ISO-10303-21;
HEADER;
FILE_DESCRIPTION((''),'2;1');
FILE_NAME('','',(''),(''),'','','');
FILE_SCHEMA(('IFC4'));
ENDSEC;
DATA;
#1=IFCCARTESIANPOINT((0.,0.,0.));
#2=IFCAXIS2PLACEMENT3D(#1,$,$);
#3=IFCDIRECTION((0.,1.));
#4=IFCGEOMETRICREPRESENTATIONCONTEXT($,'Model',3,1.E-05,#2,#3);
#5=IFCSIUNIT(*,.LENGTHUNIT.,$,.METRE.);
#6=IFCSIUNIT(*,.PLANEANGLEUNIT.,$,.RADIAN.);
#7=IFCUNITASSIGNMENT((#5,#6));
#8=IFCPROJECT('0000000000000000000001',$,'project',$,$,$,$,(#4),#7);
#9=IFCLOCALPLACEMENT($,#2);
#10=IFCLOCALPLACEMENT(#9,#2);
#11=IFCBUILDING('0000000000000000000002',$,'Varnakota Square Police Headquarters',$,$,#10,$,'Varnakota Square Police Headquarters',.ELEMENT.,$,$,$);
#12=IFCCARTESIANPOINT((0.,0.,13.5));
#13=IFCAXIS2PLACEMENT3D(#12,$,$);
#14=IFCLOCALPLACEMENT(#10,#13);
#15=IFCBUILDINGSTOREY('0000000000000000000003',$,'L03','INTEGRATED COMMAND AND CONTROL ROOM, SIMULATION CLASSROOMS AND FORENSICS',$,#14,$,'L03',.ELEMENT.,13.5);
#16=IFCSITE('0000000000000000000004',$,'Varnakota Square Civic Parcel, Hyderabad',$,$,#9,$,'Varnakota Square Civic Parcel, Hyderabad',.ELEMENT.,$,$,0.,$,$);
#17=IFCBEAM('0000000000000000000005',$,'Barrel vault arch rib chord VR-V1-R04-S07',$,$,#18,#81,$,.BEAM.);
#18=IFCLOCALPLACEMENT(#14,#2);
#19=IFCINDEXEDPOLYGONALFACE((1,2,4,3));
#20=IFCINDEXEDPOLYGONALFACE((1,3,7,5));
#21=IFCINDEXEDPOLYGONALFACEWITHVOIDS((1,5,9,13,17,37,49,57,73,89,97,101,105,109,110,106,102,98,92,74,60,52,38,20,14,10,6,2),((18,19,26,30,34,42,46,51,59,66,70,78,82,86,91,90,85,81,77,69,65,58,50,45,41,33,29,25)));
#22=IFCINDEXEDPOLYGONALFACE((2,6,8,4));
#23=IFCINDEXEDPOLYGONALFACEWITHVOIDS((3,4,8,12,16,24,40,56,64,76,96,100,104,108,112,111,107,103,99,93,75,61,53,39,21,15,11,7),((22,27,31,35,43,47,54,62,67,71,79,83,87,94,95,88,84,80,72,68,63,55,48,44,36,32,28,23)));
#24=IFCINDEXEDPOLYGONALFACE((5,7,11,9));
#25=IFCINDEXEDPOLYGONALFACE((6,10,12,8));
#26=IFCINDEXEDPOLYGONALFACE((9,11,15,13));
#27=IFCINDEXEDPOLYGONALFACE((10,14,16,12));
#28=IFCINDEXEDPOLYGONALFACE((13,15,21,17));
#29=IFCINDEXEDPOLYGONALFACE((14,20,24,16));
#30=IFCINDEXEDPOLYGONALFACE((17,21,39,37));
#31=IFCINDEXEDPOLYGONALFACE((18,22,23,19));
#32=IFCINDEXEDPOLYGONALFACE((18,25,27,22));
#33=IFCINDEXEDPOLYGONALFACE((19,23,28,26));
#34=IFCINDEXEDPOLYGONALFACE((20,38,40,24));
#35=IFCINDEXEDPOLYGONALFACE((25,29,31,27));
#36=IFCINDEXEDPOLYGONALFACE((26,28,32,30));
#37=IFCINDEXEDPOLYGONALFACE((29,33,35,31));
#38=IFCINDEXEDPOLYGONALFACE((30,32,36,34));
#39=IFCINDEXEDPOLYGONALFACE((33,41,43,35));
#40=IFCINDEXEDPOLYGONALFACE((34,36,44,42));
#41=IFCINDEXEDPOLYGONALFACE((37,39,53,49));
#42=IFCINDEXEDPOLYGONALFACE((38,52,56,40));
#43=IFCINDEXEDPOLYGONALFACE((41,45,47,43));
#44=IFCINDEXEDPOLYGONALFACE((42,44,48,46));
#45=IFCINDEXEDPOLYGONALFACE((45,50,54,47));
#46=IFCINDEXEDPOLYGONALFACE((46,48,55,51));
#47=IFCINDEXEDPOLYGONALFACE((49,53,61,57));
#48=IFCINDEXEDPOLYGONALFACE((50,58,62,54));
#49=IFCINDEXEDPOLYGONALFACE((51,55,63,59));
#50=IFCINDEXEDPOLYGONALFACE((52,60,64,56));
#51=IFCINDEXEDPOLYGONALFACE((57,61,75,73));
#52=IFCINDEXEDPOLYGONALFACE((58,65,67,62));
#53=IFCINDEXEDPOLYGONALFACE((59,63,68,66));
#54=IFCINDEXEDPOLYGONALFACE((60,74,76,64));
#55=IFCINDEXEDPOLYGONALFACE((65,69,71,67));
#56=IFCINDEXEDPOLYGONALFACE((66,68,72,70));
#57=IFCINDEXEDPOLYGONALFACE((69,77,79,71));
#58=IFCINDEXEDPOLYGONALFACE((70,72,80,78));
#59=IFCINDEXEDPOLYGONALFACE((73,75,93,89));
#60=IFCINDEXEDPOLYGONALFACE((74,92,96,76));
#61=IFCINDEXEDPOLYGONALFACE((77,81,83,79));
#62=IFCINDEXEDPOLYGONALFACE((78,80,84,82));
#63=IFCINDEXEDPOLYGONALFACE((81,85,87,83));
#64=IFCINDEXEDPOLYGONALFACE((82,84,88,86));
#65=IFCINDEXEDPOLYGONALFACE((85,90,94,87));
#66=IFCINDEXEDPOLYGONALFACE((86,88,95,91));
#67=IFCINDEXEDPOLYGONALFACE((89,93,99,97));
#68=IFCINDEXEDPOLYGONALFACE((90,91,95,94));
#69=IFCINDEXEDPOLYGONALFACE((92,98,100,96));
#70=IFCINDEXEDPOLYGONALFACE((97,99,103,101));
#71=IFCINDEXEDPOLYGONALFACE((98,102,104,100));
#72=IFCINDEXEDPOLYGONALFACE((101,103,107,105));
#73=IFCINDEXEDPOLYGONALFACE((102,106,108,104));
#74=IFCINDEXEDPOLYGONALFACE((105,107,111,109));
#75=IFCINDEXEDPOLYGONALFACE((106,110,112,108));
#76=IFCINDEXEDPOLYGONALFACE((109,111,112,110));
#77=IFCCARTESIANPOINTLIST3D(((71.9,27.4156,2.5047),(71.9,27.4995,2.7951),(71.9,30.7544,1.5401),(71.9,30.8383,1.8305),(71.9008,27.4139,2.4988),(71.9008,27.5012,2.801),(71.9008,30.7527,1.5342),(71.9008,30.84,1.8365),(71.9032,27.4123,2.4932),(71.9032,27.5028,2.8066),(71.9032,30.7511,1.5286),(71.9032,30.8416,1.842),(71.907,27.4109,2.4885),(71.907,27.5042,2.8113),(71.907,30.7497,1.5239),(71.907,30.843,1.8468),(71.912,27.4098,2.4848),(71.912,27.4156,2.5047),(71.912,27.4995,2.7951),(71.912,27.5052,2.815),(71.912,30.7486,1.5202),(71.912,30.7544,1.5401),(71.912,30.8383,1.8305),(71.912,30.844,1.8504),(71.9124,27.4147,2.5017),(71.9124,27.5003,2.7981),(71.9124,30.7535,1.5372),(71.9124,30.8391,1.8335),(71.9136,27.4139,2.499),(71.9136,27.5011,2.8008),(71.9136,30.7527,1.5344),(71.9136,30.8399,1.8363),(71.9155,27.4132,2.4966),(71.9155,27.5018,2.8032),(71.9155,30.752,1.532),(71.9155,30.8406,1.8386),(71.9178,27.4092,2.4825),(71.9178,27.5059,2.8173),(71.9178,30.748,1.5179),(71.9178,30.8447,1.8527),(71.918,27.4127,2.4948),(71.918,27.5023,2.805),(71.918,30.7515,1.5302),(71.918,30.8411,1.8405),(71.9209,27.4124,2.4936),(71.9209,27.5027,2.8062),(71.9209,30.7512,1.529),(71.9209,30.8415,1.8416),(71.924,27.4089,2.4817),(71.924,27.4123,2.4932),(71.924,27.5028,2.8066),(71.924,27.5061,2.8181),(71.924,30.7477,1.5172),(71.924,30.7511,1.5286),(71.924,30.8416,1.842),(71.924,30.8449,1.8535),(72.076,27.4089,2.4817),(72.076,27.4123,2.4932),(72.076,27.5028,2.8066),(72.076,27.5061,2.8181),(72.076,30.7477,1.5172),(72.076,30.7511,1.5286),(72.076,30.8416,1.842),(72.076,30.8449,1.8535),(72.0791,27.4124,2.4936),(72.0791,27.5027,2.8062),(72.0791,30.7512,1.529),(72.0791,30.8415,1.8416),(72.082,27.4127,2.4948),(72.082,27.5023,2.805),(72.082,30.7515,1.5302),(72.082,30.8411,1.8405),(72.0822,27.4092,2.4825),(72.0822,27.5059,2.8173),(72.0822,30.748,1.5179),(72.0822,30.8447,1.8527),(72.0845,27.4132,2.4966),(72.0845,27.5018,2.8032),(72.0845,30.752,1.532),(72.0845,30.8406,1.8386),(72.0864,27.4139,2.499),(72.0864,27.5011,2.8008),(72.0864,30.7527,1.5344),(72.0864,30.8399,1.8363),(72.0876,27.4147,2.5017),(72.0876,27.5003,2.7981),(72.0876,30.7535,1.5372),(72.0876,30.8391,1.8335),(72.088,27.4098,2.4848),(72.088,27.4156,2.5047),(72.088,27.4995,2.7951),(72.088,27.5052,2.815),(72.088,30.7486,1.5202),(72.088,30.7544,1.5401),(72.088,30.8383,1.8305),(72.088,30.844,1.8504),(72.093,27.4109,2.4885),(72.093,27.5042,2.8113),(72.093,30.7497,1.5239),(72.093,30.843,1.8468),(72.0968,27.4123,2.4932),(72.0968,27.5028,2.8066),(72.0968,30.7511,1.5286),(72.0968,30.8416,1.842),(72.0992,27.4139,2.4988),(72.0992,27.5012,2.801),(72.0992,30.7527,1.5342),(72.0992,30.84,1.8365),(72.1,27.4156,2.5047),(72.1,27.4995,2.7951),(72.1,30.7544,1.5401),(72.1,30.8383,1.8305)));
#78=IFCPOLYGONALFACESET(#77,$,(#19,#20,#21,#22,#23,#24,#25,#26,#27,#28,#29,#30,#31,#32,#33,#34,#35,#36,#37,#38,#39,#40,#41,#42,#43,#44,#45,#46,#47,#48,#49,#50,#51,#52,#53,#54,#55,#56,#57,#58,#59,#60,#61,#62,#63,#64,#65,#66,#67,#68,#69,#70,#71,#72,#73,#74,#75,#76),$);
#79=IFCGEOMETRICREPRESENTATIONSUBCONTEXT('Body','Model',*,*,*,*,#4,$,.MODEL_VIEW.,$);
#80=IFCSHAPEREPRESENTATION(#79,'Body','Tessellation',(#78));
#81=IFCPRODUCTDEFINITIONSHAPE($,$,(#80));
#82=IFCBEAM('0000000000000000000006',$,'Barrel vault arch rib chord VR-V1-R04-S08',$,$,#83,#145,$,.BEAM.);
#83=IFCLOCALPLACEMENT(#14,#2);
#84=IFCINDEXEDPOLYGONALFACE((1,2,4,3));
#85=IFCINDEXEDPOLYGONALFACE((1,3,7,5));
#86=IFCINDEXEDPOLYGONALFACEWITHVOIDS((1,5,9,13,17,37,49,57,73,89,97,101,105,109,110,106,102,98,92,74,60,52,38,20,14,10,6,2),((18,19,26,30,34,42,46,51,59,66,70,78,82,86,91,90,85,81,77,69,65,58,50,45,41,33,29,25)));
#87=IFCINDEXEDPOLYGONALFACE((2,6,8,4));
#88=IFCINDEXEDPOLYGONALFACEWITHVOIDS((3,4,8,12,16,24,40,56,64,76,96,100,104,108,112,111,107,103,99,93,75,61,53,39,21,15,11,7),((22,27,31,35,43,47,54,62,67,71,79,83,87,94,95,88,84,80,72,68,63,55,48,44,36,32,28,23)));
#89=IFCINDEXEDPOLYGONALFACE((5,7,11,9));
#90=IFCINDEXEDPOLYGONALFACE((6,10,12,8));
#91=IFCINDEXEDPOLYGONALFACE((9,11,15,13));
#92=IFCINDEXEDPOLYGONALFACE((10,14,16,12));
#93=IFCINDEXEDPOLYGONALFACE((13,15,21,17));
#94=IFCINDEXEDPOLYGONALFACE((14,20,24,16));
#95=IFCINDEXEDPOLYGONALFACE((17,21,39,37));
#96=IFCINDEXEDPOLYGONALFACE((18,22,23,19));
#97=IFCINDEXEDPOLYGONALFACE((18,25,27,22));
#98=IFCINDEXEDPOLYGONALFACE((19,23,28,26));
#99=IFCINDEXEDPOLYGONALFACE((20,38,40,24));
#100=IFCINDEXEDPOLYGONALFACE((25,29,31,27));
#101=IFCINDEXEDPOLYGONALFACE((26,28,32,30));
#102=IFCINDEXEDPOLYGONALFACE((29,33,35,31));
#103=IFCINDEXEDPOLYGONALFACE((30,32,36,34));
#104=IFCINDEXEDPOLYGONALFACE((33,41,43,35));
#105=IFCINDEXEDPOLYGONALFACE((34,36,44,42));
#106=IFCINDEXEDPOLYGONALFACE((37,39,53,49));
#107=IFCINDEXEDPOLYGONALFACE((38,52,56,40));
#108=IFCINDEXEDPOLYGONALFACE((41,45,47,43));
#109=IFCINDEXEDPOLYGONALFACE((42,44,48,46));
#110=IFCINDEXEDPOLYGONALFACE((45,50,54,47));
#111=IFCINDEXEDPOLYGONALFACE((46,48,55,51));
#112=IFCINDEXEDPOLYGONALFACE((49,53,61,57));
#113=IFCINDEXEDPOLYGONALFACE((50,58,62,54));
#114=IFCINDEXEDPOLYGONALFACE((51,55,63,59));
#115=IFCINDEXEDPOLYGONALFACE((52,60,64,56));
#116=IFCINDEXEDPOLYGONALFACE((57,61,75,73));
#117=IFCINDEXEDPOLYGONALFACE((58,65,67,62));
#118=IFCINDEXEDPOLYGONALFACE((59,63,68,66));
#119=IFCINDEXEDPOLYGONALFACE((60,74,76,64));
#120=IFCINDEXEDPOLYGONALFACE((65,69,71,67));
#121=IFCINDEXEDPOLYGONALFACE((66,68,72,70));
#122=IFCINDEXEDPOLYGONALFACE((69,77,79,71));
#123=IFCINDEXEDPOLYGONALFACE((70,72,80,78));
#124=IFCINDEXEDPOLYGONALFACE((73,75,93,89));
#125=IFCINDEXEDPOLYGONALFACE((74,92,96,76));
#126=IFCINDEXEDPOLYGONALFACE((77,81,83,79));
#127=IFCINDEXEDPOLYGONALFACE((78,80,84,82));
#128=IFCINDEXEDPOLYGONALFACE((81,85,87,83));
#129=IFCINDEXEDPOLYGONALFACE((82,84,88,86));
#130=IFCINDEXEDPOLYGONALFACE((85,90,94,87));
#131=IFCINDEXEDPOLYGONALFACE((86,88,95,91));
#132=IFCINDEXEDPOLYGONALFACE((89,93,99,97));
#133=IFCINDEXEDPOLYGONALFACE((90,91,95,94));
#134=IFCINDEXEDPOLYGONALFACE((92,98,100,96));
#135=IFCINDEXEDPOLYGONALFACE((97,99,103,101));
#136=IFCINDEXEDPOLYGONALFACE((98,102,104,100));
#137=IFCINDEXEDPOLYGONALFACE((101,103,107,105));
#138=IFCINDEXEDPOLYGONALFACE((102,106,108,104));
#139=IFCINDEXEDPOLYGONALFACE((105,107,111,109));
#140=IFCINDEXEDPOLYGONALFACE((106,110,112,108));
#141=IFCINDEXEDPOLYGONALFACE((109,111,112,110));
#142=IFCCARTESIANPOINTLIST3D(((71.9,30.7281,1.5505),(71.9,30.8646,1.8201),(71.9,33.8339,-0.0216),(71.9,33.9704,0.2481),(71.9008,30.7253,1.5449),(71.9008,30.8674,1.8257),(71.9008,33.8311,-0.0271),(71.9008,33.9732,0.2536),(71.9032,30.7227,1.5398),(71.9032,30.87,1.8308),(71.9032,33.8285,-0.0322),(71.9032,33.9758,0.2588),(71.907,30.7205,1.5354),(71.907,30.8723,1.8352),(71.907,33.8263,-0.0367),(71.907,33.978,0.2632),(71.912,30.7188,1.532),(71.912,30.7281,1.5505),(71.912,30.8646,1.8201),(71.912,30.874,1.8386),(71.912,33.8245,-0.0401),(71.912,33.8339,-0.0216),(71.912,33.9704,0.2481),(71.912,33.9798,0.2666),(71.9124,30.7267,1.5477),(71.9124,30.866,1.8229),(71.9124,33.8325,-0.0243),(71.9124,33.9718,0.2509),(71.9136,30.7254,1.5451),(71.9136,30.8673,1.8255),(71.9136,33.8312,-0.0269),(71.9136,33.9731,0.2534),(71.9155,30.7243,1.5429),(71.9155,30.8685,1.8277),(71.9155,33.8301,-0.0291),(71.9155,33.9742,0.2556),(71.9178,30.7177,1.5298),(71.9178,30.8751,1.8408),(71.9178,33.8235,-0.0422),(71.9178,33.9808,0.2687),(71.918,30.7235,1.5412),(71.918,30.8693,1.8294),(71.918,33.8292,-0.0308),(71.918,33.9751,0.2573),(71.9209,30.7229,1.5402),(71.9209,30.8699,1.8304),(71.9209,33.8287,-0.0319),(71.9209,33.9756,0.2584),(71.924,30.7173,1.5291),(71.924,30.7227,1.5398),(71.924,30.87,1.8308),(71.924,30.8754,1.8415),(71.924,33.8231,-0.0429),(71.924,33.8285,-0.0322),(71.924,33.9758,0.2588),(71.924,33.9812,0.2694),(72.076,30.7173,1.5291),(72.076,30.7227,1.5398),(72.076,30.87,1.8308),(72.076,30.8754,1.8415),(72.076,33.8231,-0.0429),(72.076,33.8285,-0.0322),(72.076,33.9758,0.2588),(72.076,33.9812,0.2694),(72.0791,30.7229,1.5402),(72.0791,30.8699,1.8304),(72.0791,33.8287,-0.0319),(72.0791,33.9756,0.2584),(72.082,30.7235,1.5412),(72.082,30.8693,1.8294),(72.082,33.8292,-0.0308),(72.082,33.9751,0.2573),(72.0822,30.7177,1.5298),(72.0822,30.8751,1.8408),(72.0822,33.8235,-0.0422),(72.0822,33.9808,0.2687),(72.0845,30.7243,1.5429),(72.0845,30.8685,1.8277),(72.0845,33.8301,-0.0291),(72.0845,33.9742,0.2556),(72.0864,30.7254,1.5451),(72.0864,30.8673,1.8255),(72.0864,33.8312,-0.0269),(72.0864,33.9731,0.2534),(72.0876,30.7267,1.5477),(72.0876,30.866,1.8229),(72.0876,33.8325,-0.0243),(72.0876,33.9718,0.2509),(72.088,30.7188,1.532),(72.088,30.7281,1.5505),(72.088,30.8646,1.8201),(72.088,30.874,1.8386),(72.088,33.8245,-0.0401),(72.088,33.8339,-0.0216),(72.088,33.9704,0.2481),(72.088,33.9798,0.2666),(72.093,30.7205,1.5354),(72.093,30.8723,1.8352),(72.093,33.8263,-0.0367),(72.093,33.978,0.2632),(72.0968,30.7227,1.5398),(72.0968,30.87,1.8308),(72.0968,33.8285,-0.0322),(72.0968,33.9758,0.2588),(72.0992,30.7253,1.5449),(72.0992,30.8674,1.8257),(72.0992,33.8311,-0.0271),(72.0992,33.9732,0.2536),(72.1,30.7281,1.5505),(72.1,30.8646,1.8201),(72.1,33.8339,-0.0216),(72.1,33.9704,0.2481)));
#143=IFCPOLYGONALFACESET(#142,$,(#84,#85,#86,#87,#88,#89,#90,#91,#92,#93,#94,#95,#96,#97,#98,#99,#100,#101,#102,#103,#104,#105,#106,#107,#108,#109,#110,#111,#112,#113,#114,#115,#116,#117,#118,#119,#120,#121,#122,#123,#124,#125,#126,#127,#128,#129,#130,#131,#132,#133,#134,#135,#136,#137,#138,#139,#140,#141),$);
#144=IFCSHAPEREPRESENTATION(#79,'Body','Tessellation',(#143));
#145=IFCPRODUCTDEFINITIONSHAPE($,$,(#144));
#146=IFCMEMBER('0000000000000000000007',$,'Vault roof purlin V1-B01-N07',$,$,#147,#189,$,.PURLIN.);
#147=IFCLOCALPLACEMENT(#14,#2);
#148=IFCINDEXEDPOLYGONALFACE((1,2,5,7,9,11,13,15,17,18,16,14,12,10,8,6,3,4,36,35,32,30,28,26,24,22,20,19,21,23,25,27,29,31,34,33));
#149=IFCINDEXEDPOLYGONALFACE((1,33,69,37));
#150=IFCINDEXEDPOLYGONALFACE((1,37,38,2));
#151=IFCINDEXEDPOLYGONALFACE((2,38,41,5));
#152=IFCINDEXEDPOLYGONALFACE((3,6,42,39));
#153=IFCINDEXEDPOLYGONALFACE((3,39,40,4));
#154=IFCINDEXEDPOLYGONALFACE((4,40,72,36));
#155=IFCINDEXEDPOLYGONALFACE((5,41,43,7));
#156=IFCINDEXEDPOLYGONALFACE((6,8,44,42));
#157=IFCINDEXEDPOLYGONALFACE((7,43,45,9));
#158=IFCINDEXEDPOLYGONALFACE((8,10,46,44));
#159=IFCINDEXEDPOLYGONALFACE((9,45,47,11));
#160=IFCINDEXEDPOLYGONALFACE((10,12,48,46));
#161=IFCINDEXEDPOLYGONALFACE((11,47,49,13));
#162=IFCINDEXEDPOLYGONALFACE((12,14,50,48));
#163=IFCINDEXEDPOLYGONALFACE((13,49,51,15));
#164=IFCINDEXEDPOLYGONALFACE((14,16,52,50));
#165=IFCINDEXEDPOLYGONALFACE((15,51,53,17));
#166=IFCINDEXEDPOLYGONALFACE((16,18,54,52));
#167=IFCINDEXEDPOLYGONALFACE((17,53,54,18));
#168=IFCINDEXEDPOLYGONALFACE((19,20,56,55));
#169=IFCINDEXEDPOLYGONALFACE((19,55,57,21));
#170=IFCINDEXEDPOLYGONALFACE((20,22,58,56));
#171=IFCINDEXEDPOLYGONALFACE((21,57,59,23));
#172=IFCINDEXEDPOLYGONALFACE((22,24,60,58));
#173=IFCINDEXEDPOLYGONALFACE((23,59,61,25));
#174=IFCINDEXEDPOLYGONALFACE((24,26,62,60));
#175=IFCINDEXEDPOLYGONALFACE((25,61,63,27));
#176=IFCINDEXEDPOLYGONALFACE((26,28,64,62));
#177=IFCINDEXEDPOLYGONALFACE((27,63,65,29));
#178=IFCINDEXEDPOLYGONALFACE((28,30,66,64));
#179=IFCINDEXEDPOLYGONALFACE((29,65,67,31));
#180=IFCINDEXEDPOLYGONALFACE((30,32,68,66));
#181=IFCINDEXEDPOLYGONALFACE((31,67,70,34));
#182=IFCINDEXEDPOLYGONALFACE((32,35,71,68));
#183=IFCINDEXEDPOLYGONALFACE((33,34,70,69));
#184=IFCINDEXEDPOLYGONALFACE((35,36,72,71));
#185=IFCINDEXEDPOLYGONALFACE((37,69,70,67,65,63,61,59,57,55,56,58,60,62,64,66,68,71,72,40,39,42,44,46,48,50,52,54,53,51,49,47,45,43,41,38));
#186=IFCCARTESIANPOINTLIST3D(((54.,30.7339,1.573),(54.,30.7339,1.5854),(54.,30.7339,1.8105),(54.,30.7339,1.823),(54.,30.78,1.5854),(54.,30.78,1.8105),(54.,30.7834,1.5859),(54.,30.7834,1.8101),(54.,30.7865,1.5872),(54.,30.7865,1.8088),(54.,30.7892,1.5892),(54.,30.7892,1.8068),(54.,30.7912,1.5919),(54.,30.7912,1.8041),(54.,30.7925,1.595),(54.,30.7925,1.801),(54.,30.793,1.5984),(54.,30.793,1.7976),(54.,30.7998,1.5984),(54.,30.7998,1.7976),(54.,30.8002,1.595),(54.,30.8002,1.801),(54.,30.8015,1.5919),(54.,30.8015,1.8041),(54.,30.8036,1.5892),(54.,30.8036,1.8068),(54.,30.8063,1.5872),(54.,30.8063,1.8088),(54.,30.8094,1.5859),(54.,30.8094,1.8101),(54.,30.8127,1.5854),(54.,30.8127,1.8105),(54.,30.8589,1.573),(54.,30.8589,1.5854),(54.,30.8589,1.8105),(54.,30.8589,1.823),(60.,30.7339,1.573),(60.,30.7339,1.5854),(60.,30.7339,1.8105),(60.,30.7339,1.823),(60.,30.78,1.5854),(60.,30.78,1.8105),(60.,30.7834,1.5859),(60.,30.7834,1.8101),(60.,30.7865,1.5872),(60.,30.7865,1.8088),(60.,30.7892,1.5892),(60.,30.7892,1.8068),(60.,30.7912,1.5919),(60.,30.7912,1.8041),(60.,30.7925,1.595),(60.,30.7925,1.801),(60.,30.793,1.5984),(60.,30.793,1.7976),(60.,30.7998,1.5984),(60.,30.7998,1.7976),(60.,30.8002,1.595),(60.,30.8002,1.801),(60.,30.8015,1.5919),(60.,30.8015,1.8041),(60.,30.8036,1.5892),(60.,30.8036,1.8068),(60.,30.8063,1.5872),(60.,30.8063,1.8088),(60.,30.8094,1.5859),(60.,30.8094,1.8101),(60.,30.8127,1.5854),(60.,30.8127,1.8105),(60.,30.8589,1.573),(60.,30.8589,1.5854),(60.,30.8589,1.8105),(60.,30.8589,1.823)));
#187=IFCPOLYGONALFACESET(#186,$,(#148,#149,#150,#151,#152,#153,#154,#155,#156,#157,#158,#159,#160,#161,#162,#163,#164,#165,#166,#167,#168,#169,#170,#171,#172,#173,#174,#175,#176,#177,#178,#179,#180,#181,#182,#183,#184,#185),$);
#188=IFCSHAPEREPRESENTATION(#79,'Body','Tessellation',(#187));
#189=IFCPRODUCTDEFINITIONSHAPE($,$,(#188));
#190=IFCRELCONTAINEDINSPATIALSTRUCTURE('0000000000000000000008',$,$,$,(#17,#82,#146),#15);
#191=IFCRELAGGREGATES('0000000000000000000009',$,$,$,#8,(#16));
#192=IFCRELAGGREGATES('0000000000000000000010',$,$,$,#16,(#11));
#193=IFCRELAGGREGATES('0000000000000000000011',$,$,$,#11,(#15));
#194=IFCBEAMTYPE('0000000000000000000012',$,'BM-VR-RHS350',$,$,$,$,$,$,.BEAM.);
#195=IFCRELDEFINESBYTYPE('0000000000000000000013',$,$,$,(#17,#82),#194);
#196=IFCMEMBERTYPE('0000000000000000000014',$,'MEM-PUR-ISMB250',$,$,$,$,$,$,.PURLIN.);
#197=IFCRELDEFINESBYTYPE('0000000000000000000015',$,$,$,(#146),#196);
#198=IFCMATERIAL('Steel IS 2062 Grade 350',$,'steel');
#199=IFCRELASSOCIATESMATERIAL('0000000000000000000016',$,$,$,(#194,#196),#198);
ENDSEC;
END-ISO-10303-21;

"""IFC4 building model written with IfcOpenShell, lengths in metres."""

from ifc_helpers import new_model, si_unit, direction, frame, origin, origin_2d, place, context, subcontext, project, spatial, hollow_rectangle, i_section, extrude, material, material_profile, profile_set, type_object, element, save


model = new_model("IFC4")

# Units and contexts
model_context = context("Model", 3, precision=1e-05, world=origin(), true_north=direction((0.0, 1.0)))
body_context = subcontext(model_context, "Body", "Model", "MODEL_VIEW")
ifc_project = project(units=[si_unit("LENGTHUNIT", "METRE"), si_unit("PLANEANGLEUNIT", "RADIAN")], contexts=[model_context])

# Site, building, storey
site_placement = place(None, origin())
site = spatial("IfcSite", under=ifc_project, at=site_placement, Name="Varnakota Square Civic Parcel, Hyderabad", LongName="Varnakota Square Civic Parcel, Hyderabad", CompositionType="ELEMENT", RefElevation=0.0)
building_placement = place(site_placement, origin())
building = spatial("IfcBuilding", under=site, at=building_placement, Name="Varnakota Square Police Headquarters", LongName="Varnakota Square Police Headquarters", CompositionType="ELEMENT")
storey_placement = place(building_placement, frame((0.0, 0.0, 13.5)))
storey = spatial("IfcBuildingStorey", under=building, at=storey_placement, Name="L03", Description="INTEGRATED COMMAND AND CONTROL ROOM, SIMULATION CLASSROOMS AND FORENSICS", LongName="L03", CompositionType="ELEMENT", Elevation=13.5)

# Beams
ifc_material_1 = material(Name="Steel IS 2062 Grade 350", Category="steel")
ifc_material_profile_1 = material_profile(ifc_material_1, hollow_rectangle(XDim=0.2, YDim=0.3501, WallThickness=0.012, InnerFilletRadius=0.012, OuterFilletRadius=0.0239, at=origin_2d()), Name="RHS 350x200x12")
ifc_profile_set_1 = profile_set([ifc_material_profile_1], Name="Steel IS 2062 Grade 350")
beam_type = type_object("IfcBeamType", Name="BM-VR-RHS350", PredefinedType="BEAM", material=ifc_profile_set_1)
beam_1_placement = place(storey_placement, frame((72.0, 27.4575, 2.6499), z_axis=(0.0, 0.960711, -0.27755), x_axis=(-1.0, 0.0, 0.0)))
element("IfcBeam", 1, at=beam_1_placement, inside=storey, type_object=beam_type, Name="Barrel vault arch rib chord VR-V1-R04-S07", PredefinedType="BEAM", context=body_context, shape_type="SweptSolid", body=[
    extrude(hollow_rectangle(XDim=0.2, YDim=0.3501, WallThickness=0.012, InnerFilletRadius=0.012, OuterFilletRadius=0.0239, at=origin_2d()), origin(), (0.0, 0.0, 1.0), 3.4753),
])
beam_2_placement = place(storey_placement, frame((72.0, 30.7964, 1.6853), z_axis=(0.0, 0.892214, -0.451613), x_axis=(-1.0, 0.0, 0.0)))
element("IfcBeam", 2, at=beam_2_placement, inside=storey, type_object=beam_type, Name="Barrel vault arch rib chord VR-V1-R04-S08", PredefinedType="BEAM", context=body_context, shape_type="SweptSolid", body=[
    extrude(hollow_rectangle(XDim=0.2, YDim=0.3501, WallThickness=0.012, InnerFilletRadius=0.012, OuterFilletRadius=0.0239, at=origin_2d()), origin(), (0.0, 0.0, 1.0), 3.481),
])

# Member
ifc_material_profile_2 = material_profile(ifc_material_1, i_section(OverallWidth=0.125, OverallDepth=0.25, WebThickness=0.0068, FlangeThickness=0.0125, FilletRadius=0.0129, at=origin_2d()), Name="ISMB 250")
ifc_profile_set_2 = profile_set([ifc_material_profile_2], Name="Steel IS 2062 Grade 350")
member_type_1 = type_object("IfcMemberType", Name="MEM-PUR-ISMB250", PredefinedType="PURLIN", material=ifc_profile_set_2)
for number, where, z_axis, x_axis, name in (
    (3, (54.0, 30.7964, 1.698), (1.0, 0.0, 0.0), (0.0, 1.0, 0.0), "Vault roof purlin V1-B01-N07"),
):
    element("IfcMember", number, at=place(storey_placement, frame(where, z_axis=z_axis, x_axis=x_axis)), inside=storey, type_object=member_type_1, Name=name, PredefinedType="PURLIN", context=body_context, shape_type="SweptSolid", body=[
        extrude(i_section(OverallWidth=0.125, OverallDepth=0.25, WebThickness=0.0068, FlangeThickness=0.0125, FilletRadius=0.0129, at=origin_2d()), origin(), (0.0, 0.0, 1.0), 6.0),
    ])

save(model, "model.ifc")
